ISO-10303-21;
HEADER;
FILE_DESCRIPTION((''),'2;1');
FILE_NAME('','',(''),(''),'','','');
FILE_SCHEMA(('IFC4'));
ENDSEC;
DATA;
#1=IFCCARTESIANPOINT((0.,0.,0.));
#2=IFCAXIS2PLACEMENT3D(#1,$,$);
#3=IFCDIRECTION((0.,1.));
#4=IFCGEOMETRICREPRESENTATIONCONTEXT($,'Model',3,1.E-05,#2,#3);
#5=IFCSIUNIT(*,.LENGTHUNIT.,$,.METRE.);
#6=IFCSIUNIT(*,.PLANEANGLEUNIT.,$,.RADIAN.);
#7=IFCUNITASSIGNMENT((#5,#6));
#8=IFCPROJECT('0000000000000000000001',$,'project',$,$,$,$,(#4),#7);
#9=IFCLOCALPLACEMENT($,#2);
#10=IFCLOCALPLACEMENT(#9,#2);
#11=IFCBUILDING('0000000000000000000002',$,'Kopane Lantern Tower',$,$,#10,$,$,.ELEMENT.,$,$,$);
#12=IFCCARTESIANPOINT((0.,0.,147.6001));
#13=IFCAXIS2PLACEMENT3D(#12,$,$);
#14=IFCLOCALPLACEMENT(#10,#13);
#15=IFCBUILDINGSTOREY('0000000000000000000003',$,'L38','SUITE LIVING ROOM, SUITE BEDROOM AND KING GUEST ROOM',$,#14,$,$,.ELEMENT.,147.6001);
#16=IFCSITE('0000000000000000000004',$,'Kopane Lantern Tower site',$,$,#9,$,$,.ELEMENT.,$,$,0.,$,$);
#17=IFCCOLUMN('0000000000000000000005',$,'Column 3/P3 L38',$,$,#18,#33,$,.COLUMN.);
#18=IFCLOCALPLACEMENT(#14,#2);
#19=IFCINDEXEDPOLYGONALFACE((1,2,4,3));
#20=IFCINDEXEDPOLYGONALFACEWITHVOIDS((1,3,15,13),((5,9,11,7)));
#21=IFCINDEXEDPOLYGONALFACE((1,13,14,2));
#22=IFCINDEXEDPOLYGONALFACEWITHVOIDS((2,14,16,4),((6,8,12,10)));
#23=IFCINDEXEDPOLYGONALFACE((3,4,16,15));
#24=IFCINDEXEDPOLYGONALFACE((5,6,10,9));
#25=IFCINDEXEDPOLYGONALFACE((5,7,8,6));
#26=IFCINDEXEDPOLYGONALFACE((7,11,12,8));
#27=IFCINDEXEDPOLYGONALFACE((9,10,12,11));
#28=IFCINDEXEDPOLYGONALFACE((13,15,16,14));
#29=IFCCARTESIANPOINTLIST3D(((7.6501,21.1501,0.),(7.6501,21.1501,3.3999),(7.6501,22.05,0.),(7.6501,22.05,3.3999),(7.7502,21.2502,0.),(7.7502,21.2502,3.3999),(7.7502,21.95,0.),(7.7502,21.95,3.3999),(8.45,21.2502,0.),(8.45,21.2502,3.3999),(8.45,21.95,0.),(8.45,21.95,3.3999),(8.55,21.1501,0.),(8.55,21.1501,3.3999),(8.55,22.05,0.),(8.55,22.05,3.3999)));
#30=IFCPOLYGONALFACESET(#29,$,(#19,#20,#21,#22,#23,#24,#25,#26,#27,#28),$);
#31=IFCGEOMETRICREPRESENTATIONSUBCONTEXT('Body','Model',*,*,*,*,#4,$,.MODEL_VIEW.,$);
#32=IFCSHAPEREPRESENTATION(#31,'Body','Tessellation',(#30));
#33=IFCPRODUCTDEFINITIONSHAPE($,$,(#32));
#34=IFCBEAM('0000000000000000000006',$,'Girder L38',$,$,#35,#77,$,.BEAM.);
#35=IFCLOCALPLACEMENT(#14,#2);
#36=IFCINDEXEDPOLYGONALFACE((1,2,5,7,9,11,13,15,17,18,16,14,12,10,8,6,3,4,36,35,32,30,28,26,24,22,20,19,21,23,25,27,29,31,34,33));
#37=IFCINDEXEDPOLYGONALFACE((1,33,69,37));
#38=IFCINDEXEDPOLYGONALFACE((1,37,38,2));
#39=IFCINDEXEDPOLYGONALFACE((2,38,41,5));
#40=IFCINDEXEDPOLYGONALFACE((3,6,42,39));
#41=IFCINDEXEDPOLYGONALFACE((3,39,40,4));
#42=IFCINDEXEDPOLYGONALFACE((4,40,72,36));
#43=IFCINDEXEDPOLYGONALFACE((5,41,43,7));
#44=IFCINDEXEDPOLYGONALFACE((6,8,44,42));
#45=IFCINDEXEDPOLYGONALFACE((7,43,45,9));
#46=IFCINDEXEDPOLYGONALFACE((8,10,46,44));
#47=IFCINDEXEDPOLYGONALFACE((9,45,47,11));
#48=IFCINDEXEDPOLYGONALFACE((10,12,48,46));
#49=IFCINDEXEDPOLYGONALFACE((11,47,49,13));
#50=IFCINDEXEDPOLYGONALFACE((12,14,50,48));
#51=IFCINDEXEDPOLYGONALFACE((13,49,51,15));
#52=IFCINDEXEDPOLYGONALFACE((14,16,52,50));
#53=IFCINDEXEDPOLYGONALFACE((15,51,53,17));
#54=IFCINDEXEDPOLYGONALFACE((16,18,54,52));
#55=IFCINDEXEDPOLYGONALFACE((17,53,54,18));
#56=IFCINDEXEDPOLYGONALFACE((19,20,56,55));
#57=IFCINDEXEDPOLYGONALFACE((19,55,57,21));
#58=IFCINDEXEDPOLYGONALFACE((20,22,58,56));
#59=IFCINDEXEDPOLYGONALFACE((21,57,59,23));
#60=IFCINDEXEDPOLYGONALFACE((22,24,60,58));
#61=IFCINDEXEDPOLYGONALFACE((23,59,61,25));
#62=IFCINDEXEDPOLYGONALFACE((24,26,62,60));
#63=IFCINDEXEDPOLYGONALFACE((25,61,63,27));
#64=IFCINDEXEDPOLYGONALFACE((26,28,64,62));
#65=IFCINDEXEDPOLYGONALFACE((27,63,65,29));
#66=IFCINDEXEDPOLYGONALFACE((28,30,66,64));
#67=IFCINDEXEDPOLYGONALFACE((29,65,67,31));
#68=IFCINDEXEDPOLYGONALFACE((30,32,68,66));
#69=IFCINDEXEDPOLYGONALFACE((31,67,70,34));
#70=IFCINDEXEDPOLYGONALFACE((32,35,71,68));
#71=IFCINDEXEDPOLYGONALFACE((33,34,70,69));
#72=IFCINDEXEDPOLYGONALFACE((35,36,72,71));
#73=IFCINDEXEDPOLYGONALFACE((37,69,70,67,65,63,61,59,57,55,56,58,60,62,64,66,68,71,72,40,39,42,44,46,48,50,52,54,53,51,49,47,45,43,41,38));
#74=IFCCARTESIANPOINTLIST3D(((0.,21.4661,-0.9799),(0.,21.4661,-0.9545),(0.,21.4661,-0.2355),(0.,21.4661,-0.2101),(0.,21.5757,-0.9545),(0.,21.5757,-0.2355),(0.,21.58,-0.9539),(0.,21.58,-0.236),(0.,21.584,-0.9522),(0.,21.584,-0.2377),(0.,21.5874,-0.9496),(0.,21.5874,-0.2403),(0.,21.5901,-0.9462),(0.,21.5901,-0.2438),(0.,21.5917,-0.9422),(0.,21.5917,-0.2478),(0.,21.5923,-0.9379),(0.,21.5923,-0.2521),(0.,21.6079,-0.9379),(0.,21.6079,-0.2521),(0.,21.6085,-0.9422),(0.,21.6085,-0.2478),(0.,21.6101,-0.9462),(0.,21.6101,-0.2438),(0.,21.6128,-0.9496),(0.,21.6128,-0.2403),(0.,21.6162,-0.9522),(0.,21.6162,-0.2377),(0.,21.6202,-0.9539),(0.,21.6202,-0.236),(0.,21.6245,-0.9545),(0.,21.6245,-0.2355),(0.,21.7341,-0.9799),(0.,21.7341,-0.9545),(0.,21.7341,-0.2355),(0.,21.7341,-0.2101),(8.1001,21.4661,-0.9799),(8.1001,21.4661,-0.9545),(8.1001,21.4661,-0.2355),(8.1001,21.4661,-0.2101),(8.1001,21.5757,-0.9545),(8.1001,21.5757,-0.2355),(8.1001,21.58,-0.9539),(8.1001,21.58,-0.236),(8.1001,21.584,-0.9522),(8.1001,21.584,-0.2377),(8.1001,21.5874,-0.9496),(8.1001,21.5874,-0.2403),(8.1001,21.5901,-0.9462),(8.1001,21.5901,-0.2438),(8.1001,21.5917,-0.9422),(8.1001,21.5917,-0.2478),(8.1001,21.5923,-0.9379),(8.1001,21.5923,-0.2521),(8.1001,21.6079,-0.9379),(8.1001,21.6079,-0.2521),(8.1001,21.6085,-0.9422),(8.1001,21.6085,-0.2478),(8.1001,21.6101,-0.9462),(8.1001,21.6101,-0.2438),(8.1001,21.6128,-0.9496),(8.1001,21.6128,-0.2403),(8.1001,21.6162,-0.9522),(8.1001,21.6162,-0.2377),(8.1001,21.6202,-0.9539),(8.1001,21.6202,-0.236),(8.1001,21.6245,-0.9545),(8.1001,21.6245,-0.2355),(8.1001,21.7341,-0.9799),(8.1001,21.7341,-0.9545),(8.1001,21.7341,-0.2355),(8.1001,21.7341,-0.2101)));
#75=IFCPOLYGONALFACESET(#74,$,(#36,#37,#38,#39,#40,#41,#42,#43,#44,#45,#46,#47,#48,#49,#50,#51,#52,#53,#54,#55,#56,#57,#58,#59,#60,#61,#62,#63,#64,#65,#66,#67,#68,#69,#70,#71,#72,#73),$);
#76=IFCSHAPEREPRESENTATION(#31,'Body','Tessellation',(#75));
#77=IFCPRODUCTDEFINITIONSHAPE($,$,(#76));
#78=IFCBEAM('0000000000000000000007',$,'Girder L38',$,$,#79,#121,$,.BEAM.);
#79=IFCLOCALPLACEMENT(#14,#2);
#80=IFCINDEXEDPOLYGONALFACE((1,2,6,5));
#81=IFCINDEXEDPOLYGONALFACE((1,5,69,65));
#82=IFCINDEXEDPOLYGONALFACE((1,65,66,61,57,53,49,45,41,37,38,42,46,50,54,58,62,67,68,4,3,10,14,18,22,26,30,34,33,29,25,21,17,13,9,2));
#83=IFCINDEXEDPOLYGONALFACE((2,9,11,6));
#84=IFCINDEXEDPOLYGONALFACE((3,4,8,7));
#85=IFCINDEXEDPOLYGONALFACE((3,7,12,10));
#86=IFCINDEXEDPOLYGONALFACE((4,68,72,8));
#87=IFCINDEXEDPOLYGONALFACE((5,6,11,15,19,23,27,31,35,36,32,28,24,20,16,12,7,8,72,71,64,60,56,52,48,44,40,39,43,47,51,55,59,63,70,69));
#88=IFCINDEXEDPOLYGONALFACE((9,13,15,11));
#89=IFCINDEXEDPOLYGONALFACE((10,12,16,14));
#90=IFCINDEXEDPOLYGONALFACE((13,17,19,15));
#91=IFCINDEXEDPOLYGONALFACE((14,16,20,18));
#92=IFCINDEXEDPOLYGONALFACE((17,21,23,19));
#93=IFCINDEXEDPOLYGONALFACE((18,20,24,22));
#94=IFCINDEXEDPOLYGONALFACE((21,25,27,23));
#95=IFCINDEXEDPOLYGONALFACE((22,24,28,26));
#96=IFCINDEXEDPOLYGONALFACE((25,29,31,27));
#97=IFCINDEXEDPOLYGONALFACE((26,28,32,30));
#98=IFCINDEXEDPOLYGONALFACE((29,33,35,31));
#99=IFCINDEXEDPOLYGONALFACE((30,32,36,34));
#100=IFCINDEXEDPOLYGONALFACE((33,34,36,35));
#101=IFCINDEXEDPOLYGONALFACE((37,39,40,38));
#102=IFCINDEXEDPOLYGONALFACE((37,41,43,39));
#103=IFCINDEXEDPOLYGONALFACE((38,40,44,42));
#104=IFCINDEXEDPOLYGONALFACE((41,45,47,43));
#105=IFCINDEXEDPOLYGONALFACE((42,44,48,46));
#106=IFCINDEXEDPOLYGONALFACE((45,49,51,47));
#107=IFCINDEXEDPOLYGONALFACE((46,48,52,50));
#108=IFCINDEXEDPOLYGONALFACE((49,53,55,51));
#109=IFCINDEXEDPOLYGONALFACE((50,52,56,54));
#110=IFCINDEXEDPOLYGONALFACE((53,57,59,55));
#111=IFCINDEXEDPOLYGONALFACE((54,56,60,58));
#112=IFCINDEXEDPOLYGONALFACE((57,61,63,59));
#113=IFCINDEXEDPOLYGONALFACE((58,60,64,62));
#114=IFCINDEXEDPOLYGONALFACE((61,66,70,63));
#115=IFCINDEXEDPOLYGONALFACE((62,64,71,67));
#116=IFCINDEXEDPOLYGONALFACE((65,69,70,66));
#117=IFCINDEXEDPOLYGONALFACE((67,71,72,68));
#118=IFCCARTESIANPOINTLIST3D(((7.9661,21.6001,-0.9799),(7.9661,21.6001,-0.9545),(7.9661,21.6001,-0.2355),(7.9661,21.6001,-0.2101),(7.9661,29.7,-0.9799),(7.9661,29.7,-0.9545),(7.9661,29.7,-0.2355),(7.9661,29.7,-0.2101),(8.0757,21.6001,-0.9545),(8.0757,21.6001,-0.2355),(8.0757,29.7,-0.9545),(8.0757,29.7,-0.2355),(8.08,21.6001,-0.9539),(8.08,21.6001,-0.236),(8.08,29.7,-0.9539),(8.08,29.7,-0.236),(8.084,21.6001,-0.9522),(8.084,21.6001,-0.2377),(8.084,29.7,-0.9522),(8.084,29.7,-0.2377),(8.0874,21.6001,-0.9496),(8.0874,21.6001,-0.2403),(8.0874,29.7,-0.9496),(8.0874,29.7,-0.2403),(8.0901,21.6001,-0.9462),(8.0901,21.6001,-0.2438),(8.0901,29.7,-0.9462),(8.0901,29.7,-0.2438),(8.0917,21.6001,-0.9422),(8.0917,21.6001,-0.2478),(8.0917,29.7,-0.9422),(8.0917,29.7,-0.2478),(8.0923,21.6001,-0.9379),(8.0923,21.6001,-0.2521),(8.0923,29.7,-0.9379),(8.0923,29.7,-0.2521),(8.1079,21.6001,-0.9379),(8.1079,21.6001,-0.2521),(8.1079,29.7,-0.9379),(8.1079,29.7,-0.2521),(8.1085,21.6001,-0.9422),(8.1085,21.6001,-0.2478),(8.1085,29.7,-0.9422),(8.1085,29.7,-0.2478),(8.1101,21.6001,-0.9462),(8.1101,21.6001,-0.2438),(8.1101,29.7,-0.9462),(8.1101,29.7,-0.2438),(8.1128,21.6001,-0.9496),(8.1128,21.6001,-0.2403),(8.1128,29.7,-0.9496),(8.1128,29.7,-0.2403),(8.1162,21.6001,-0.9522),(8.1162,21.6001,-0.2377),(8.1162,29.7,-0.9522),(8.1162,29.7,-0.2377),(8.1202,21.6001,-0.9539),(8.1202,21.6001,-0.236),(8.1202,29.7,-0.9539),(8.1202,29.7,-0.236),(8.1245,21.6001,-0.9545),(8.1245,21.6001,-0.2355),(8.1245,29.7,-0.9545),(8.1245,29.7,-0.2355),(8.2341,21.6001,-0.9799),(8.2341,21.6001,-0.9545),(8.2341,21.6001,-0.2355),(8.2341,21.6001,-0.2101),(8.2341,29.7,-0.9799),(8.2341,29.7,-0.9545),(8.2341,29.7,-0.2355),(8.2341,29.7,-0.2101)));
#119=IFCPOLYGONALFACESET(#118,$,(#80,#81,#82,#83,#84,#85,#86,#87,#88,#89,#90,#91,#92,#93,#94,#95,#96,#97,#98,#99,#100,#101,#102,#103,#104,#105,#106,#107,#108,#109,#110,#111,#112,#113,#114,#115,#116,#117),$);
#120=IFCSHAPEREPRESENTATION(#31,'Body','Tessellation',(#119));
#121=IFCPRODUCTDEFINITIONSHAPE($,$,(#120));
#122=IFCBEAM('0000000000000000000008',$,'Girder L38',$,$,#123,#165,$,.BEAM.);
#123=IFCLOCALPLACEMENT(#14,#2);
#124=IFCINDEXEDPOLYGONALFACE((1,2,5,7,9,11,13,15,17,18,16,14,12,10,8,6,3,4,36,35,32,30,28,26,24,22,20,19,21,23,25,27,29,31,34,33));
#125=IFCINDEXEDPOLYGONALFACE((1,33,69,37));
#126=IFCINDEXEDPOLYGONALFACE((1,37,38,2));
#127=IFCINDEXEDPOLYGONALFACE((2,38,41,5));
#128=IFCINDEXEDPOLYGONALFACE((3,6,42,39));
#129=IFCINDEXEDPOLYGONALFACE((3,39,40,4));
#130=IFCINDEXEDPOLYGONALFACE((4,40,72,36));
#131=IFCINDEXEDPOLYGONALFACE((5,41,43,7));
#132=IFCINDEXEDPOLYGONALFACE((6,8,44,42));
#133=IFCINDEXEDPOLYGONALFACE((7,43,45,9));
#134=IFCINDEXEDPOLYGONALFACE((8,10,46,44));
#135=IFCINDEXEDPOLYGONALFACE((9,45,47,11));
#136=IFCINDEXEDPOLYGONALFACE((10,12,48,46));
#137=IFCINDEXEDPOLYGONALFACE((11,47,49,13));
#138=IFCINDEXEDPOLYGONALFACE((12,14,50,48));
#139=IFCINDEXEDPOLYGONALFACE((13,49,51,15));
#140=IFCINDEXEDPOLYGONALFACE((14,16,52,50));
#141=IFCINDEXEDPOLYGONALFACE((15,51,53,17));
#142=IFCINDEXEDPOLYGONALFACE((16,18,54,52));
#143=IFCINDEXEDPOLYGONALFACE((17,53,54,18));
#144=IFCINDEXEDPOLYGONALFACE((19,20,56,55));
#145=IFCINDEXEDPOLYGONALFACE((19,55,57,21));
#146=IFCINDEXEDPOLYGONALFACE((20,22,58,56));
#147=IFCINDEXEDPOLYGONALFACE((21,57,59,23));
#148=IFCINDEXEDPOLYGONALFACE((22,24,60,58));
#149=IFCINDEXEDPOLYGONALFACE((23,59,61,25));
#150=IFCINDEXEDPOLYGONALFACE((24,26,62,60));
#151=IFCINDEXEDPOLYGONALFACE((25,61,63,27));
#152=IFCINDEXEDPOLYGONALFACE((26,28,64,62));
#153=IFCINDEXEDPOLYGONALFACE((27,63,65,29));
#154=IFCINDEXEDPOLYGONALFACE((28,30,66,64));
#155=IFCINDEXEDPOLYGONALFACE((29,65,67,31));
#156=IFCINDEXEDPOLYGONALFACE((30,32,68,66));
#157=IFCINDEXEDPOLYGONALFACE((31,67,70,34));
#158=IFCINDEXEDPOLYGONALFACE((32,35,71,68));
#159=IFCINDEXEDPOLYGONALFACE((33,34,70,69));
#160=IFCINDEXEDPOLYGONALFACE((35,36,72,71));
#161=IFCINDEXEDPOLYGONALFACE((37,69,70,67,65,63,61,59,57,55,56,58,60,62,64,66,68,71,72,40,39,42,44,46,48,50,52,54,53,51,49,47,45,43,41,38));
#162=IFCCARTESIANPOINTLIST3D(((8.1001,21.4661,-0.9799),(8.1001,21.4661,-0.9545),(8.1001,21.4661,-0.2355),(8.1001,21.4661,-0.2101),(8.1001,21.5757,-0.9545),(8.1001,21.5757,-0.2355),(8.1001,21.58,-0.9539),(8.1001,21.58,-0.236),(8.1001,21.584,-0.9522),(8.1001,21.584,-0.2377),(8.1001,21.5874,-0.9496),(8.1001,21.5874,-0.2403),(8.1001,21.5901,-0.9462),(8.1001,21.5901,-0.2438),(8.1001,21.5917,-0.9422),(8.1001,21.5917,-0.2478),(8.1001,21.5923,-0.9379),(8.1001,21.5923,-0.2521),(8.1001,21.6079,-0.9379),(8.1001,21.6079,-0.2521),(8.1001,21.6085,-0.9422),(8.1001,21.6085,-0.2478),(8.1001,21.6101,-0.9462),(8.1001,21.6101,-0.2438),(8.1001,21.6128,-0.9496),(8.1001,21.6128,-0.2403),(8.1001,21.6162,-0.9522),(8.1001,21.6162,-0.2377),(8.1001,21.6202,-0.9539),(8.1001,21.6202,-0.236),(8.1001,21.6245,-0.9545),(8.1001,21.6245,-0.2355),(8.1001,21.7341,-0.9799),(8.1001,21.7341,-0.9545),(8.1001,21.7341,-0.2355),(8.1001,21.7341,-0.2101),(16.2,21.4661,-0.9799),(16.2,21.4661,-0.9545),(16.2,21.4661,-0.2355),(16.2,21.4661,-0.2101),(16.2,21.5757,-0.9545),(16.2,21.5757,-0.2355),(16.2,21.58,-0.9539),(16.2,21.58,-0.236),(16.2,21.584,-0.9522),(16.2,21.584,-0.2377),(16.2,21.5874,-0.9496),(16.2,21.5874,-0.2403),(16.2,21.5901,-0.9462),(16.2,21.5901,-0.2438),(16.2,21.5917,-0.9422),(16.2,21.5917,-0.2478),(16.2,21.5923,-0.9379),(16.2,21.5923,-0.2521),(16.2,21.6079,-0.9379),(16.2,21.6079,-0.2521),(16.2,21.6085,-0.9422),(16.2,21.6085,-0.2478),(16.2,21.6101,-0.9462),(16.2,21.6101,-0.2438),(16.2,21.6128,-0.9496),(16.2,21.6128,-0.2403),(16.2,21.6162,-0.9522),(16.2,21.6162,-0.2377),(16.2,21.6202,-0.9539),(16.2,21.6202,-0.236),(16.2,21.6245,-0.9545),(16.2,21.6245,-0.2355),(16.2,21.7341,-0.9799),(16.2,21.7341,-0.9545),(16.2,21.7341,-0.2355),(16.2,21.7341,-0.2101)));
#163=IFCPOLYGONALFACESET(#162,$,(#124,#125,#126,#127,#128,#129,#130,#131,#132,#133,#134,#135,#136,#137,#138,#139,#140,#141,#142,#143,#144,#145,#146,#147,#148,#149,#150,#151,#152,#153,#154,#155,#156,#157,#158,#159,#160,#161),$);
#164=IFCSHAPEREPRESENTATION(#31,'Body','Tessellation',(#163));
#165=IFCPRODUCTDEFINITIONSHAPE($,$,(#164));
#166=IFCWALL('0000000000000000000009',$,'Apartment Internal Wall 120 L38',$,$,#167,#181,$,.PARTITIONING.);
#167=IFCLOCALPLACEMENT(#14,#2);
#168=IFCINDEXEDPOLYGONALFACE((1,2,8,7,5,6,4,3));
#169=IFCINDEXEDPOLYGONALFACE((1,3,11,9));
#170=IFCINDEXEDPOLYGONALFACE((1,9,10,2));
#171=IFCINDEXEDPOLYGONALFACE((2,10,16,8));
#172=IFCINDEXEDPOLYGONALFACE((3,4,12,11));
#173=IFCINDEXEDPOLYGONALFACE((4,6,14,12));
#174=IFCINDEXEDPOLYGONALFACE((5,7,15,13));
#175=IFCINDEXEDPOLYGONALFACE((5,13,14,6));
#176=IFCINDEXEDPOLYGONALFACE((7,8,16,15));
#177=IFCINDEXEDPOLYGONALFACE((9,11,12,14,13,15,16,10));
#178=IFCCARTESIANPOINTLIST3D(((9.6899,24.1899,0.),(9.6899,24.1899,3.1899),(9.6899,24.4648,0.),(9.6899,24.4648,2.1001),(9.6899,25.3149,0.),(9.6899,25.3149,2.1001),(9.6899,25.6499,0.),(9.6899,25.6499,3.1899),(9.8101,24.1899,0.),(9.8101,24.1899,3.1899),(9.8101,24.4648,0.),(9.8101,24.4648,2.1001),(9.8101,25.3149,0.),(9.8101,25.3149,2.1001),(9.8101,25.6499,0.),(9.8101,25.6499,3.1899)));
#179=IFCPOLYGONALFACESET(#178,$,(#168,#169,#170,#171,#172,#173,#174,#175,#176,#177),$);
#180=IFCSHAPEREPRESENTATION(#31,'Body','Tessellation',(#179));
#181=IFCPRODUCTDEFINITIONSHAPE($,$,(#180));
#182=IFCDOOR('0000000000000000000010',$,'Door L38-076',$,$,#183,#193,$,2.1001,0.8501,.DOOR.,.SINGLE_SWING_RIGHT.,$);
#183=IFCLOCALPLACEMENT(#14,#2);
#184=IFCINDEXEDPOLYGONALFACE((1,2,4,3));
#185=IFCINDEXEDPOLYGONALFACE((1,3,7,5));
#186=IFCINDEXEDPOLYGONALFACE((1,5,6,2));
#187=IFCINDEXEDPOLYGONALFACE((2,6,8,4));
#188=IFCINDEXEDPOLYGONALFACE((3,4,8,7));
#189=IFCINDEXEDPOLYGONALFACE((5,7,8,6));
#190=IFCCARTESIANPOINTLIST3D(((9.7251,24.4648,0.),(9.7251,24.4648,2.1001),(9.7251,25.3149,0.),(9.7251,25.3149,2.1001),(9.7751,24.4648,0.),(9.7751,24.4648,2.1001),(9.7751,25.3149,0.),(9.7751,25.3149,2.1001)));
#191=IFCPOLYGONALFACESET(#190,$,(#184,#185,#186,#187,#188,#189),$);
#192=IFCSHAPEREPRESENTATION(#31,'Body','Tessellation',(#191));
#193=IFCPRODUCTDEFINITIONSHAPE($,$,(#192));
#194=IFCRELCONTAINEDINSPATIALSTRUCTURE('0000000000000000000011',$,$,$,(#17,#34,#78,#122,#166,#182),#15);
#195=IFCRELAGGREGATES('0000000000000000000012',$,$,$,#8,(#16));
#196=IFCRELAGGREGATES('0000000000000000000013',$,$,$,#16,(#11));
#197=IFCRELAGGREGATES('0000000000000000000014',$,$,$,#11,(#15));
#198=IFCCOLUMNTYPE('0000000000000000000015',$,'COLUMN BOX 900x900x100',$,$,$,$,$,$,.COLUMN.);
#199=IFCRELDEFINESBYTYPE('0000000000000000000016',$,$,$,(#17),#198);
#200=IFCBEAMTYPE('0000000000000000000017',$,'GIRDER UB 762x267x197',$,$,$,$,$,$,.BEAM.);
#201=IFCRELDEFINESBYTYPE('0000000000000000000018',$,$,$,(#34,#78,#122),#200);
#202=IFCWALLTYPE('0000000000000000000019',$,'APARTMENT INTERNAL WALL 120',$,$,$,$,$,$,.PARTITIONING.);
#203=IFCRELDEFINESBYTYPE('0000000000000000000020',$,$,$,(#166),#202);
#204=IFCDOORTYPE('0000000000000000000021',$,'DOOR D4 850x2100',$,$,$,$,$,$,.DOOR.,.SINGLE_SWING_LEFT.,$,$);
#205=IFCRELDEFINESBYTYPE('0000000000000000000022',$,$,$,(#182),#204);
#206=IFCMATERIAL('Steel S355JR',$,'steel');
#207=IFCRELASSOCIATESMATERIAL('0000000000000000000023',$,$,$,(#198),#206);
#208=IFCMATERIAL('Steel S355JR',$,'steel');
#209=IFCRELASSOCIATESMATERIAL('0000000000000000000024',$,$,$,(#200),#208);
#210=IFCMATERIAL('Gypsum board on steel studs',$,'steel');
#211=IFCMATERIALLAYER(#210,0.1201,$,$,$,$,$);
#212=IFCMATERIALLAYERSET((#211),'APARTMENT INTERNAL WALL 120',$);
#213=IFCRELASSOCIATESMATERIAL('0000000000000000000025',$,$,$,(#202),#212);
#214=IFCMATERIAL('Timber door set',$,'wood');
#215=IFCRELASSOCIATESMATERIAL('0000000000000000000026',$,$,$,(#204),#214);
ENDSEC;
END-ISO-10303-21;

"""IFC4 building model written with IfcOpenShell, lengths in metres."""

from ifc_helpers import new_model, si_unit, direction, frame, frame_2d, origin, origin_2d, place, context, subcontext, project, spatial, rectangle, hollow_rectangle, i_section, extrude, material, layer, layer_set, material_profile, profile_set, type_object, element, fill, save


model = new_model("IFC4")

# Units and contexts
model_context = context("Model", 3, precision=1e-05, world=origin(), true_north=direction((0.0, 1.0)))
body_context = subcontext(model_context, "Body", "Model", "MODEL_VIEW")
ifc_project = project(units=[si_unit("LENGTHUNIT", "METRE"), si_unit("PLANEANGLEUNIT", "RADIAN")], contexts=[model_context])

# Site, building, storey
site_placement = place(None, origin())
site = spatial("IfcSite", under=ifc_project, at=site_placement, Name="Kopane Lantern Tower site", CompositionType="ELEMENT", RefElevation=0.0)
building_placement = place(site_placement, origin())
building = spatial("IfcBuilding", under=site, at=building_placement, Name="Kopane Lantern Tower", CompositionType="ELEMENT")
storey_placement = place(building_placement, frame((0.0, 0.0, 147.6001)))
storey = spatial("IfcBuildingStorey", under=building, at=storey_placement, Name="L38", Description="SUITE LIVING ROOM, SUITE BEDROOM AND KING GUEST ROOM", CompositionType="ELEMENT", Elevation=147.6001)

# Column
ifc_material_1 = material(Name="Steel S355JR", Category="steel")
ifc_material_profile_1 = material_profile(ifc_material_1, hollow_rectangle(XDim=0.8999, YDim=0.8999, WallThickness=0.1001, at=origin_2d()), Name="BOX 900x900x100")
ifc_profile_set_1 = profile_set([ifc_material_profile_1], Name="Steel S355JR")
column_type = type_object("IfcColumnType", Name="COLUMN BOX 900x900x100", PredefinedType="COLUMN", material=ifc_profile_set_1)
column_placement = place(storey_placement, frame((8.1001, 21.6001, 0.0), z_axis=(0.0, 0.0, 1.0), x_axis=(1.0, 0.0, 0.0)))
element("IfcColumn", 1, at=column_placement, inside=storey, type_object=column_type, Name="Column 3/P3 L38", PredefinedType="COLUMN", context=body_context, shape_type="SweptSolid", body=[
    extrude(hollow_rectangle(XDim=0.8999, YDim=0.8999, WallThickness=0.1001, at=origin_2d()), origin(), (0.0, 0.0, 1.0), 3.3999),
])

# Beams
ifc_material_2 = material(Name="Steel S355JR", Category="steel")
ifc_material_profile_2 = material_profile(ifc_material_2, i_section(OverallWidth=0.2681, OverallDepth=0.7698, WebThickness=0.0156, FlangeThickness=0.0254, FilletRadius=0.0166, at=origin_2d()), Name="UB 762x267x197")
ifc_profile_set_2 = profile_set([ifc_material_profile_2], Name="Steel S355JR")
beam_type = type_object("IfcBeamType", Name="GIRDER UB 762x267x197", PredefinedType="BEAM", material=ifc_profile_set_2)
beam_placement = place(storey_placement, frame((0.0, 21.6001, -0.595), z_axis=(1.0, 0.0, 0.0), x_axis=(0.0, 1.0, 0.0)))
element("IfcBeam", 2, at=beam_placement, inside=storey, type_object=beam_type, Name="Girder L38", PredefinedType="BEAM", context=body_context, shape_type="SweptSolid", body=[
    extrude(i_section(OverallWidth=0.2681, OverallDepth=0.7698, WebThickness=0.0156, FlangeThickness=0.0254, FilletRadius=0.0166, at=origin_2d()), origin(), (0.0, 0.0, 1.0), 8.1001),
])
for number, where, z_axis, x_axis, name in (
    (3, (8.1001, 21.6001, -0.595), (0.0, 1.0, 0.0), (-1.0, 0.0, 0.0), "Girder L38"),
    (4, (8.1001, 21.6001, -0.595), (1.0, 0.0, 0.0), (0.0, 1.0, 0.0), "Girder L38"),
):
    element("IfcBeam", number, at=place(storey_placement, frame(where, z_axis=z_axis, x_axis=x_axis)), inside=storey, type_object=beam_type, Name=name, PredefinedType="BEAM", context=body_context, shape_type="SweptSolid", body=[
        extrude(i_section(OverallWidth=0.2681, OverallDepth=0.7698, WebThickness=0.0156, FlangeThickness=0.0254, FilletRadius=0.0166, at=origin_2d()), origin(), (0.0, 0.0, 1.0), 8.0999),
    ])

# Wall, opening, door
ifc_material_3 = material(Name="Gypsum board on steel studs", Category="steel")
ifc_layer_1 = layer(ifc_material_3, 0.1201)
ifc_layer_set_1 = layer_set([ifc_layer_1], Name="APARTMENT INTERNAL WALL 120")
wall_type_1 = type_object("IfcWallType", Name="APARTMENT INTERNAL WALL 120", PredefinedType="PARTITIONING", material=ifc_layer_set_1)
wall_1_placement = place(storey_placement, frame((9.75, 24.1899, 0.0), z_axis=(0.0, 0.0, 1.0), x_axis=(0.0, 1.0, 0.0)))
wall_1 = element("IfcWall", 5, at=wall_1_placement, inside=storey, type_object=wall_type_1, Name="Apartment Internal Wall 120 L38", PredefinedType="PARTITIONING", context=body_context, shape_type="SweptSolid", body=[
    extrude(rectangle(XDim=1.46, YDim=0.1201, at=frame_2d((0.73, 0.0))), origin(), (0.0, 0.0, 1.0), 3.1899),
])
opening_1_placement = place(wall_1_placement, frame((0.2749, 0.0, 0.0)))
opening_1 = element("IfcOpeningElement", 6, at=opening_1_placement, cuts=wall_1, PredefinedType="OPENING", context=body_context, shape_type="SweptSolid", body=[
    extrude(rectangle(XDim=0.8501, YDim=2.1001, at=frame_2d((0.425, 1.05))), frame((0.0, 0.0701, 0.0), z_axis=(0.0, -1.0, 0.0), x_axis=(1.0, 0.0, 0.0)), (0.0, 0.0, 1.0), 0.1401),
])
ifc_material_4 = material(Name="Timber door set", Category="wood")
door_type_1 = type_object("IfcDoorType", Name="DOOR D4 850x2100", OperationType="SINGLE_SWING_LEFT", PredefinedType="DOOR", material=ifc_material_4)
door_1_placement = place(opening_1_placement, origin())
door_1 = element("IfcDoor", 7, at=door_1_placement, inside=storey, type_object=door_type_1, Name="Door L38-076", OperationType="SINGLE_SWING_RIGHT", OverallHeight=2.1001, OverallWidth=0.8501, PredefinedType="DOOR", context=body_context, shape_type="SweptSolid", body=[
    extrude(rectangle(XDim=0.8501, YDim=2.1001, at=frame_2d((0.425, 1.05))), frame((0.0, 0.0249, 0.0), z_axis=(0.0, -1.0, 0.0), x_axis=(1.0, 0.0, 0.0)), (0.0, 0.0, 1.0), 0.05),
])
fill(opening_1, door_1)

save(model, "model.ifc")
